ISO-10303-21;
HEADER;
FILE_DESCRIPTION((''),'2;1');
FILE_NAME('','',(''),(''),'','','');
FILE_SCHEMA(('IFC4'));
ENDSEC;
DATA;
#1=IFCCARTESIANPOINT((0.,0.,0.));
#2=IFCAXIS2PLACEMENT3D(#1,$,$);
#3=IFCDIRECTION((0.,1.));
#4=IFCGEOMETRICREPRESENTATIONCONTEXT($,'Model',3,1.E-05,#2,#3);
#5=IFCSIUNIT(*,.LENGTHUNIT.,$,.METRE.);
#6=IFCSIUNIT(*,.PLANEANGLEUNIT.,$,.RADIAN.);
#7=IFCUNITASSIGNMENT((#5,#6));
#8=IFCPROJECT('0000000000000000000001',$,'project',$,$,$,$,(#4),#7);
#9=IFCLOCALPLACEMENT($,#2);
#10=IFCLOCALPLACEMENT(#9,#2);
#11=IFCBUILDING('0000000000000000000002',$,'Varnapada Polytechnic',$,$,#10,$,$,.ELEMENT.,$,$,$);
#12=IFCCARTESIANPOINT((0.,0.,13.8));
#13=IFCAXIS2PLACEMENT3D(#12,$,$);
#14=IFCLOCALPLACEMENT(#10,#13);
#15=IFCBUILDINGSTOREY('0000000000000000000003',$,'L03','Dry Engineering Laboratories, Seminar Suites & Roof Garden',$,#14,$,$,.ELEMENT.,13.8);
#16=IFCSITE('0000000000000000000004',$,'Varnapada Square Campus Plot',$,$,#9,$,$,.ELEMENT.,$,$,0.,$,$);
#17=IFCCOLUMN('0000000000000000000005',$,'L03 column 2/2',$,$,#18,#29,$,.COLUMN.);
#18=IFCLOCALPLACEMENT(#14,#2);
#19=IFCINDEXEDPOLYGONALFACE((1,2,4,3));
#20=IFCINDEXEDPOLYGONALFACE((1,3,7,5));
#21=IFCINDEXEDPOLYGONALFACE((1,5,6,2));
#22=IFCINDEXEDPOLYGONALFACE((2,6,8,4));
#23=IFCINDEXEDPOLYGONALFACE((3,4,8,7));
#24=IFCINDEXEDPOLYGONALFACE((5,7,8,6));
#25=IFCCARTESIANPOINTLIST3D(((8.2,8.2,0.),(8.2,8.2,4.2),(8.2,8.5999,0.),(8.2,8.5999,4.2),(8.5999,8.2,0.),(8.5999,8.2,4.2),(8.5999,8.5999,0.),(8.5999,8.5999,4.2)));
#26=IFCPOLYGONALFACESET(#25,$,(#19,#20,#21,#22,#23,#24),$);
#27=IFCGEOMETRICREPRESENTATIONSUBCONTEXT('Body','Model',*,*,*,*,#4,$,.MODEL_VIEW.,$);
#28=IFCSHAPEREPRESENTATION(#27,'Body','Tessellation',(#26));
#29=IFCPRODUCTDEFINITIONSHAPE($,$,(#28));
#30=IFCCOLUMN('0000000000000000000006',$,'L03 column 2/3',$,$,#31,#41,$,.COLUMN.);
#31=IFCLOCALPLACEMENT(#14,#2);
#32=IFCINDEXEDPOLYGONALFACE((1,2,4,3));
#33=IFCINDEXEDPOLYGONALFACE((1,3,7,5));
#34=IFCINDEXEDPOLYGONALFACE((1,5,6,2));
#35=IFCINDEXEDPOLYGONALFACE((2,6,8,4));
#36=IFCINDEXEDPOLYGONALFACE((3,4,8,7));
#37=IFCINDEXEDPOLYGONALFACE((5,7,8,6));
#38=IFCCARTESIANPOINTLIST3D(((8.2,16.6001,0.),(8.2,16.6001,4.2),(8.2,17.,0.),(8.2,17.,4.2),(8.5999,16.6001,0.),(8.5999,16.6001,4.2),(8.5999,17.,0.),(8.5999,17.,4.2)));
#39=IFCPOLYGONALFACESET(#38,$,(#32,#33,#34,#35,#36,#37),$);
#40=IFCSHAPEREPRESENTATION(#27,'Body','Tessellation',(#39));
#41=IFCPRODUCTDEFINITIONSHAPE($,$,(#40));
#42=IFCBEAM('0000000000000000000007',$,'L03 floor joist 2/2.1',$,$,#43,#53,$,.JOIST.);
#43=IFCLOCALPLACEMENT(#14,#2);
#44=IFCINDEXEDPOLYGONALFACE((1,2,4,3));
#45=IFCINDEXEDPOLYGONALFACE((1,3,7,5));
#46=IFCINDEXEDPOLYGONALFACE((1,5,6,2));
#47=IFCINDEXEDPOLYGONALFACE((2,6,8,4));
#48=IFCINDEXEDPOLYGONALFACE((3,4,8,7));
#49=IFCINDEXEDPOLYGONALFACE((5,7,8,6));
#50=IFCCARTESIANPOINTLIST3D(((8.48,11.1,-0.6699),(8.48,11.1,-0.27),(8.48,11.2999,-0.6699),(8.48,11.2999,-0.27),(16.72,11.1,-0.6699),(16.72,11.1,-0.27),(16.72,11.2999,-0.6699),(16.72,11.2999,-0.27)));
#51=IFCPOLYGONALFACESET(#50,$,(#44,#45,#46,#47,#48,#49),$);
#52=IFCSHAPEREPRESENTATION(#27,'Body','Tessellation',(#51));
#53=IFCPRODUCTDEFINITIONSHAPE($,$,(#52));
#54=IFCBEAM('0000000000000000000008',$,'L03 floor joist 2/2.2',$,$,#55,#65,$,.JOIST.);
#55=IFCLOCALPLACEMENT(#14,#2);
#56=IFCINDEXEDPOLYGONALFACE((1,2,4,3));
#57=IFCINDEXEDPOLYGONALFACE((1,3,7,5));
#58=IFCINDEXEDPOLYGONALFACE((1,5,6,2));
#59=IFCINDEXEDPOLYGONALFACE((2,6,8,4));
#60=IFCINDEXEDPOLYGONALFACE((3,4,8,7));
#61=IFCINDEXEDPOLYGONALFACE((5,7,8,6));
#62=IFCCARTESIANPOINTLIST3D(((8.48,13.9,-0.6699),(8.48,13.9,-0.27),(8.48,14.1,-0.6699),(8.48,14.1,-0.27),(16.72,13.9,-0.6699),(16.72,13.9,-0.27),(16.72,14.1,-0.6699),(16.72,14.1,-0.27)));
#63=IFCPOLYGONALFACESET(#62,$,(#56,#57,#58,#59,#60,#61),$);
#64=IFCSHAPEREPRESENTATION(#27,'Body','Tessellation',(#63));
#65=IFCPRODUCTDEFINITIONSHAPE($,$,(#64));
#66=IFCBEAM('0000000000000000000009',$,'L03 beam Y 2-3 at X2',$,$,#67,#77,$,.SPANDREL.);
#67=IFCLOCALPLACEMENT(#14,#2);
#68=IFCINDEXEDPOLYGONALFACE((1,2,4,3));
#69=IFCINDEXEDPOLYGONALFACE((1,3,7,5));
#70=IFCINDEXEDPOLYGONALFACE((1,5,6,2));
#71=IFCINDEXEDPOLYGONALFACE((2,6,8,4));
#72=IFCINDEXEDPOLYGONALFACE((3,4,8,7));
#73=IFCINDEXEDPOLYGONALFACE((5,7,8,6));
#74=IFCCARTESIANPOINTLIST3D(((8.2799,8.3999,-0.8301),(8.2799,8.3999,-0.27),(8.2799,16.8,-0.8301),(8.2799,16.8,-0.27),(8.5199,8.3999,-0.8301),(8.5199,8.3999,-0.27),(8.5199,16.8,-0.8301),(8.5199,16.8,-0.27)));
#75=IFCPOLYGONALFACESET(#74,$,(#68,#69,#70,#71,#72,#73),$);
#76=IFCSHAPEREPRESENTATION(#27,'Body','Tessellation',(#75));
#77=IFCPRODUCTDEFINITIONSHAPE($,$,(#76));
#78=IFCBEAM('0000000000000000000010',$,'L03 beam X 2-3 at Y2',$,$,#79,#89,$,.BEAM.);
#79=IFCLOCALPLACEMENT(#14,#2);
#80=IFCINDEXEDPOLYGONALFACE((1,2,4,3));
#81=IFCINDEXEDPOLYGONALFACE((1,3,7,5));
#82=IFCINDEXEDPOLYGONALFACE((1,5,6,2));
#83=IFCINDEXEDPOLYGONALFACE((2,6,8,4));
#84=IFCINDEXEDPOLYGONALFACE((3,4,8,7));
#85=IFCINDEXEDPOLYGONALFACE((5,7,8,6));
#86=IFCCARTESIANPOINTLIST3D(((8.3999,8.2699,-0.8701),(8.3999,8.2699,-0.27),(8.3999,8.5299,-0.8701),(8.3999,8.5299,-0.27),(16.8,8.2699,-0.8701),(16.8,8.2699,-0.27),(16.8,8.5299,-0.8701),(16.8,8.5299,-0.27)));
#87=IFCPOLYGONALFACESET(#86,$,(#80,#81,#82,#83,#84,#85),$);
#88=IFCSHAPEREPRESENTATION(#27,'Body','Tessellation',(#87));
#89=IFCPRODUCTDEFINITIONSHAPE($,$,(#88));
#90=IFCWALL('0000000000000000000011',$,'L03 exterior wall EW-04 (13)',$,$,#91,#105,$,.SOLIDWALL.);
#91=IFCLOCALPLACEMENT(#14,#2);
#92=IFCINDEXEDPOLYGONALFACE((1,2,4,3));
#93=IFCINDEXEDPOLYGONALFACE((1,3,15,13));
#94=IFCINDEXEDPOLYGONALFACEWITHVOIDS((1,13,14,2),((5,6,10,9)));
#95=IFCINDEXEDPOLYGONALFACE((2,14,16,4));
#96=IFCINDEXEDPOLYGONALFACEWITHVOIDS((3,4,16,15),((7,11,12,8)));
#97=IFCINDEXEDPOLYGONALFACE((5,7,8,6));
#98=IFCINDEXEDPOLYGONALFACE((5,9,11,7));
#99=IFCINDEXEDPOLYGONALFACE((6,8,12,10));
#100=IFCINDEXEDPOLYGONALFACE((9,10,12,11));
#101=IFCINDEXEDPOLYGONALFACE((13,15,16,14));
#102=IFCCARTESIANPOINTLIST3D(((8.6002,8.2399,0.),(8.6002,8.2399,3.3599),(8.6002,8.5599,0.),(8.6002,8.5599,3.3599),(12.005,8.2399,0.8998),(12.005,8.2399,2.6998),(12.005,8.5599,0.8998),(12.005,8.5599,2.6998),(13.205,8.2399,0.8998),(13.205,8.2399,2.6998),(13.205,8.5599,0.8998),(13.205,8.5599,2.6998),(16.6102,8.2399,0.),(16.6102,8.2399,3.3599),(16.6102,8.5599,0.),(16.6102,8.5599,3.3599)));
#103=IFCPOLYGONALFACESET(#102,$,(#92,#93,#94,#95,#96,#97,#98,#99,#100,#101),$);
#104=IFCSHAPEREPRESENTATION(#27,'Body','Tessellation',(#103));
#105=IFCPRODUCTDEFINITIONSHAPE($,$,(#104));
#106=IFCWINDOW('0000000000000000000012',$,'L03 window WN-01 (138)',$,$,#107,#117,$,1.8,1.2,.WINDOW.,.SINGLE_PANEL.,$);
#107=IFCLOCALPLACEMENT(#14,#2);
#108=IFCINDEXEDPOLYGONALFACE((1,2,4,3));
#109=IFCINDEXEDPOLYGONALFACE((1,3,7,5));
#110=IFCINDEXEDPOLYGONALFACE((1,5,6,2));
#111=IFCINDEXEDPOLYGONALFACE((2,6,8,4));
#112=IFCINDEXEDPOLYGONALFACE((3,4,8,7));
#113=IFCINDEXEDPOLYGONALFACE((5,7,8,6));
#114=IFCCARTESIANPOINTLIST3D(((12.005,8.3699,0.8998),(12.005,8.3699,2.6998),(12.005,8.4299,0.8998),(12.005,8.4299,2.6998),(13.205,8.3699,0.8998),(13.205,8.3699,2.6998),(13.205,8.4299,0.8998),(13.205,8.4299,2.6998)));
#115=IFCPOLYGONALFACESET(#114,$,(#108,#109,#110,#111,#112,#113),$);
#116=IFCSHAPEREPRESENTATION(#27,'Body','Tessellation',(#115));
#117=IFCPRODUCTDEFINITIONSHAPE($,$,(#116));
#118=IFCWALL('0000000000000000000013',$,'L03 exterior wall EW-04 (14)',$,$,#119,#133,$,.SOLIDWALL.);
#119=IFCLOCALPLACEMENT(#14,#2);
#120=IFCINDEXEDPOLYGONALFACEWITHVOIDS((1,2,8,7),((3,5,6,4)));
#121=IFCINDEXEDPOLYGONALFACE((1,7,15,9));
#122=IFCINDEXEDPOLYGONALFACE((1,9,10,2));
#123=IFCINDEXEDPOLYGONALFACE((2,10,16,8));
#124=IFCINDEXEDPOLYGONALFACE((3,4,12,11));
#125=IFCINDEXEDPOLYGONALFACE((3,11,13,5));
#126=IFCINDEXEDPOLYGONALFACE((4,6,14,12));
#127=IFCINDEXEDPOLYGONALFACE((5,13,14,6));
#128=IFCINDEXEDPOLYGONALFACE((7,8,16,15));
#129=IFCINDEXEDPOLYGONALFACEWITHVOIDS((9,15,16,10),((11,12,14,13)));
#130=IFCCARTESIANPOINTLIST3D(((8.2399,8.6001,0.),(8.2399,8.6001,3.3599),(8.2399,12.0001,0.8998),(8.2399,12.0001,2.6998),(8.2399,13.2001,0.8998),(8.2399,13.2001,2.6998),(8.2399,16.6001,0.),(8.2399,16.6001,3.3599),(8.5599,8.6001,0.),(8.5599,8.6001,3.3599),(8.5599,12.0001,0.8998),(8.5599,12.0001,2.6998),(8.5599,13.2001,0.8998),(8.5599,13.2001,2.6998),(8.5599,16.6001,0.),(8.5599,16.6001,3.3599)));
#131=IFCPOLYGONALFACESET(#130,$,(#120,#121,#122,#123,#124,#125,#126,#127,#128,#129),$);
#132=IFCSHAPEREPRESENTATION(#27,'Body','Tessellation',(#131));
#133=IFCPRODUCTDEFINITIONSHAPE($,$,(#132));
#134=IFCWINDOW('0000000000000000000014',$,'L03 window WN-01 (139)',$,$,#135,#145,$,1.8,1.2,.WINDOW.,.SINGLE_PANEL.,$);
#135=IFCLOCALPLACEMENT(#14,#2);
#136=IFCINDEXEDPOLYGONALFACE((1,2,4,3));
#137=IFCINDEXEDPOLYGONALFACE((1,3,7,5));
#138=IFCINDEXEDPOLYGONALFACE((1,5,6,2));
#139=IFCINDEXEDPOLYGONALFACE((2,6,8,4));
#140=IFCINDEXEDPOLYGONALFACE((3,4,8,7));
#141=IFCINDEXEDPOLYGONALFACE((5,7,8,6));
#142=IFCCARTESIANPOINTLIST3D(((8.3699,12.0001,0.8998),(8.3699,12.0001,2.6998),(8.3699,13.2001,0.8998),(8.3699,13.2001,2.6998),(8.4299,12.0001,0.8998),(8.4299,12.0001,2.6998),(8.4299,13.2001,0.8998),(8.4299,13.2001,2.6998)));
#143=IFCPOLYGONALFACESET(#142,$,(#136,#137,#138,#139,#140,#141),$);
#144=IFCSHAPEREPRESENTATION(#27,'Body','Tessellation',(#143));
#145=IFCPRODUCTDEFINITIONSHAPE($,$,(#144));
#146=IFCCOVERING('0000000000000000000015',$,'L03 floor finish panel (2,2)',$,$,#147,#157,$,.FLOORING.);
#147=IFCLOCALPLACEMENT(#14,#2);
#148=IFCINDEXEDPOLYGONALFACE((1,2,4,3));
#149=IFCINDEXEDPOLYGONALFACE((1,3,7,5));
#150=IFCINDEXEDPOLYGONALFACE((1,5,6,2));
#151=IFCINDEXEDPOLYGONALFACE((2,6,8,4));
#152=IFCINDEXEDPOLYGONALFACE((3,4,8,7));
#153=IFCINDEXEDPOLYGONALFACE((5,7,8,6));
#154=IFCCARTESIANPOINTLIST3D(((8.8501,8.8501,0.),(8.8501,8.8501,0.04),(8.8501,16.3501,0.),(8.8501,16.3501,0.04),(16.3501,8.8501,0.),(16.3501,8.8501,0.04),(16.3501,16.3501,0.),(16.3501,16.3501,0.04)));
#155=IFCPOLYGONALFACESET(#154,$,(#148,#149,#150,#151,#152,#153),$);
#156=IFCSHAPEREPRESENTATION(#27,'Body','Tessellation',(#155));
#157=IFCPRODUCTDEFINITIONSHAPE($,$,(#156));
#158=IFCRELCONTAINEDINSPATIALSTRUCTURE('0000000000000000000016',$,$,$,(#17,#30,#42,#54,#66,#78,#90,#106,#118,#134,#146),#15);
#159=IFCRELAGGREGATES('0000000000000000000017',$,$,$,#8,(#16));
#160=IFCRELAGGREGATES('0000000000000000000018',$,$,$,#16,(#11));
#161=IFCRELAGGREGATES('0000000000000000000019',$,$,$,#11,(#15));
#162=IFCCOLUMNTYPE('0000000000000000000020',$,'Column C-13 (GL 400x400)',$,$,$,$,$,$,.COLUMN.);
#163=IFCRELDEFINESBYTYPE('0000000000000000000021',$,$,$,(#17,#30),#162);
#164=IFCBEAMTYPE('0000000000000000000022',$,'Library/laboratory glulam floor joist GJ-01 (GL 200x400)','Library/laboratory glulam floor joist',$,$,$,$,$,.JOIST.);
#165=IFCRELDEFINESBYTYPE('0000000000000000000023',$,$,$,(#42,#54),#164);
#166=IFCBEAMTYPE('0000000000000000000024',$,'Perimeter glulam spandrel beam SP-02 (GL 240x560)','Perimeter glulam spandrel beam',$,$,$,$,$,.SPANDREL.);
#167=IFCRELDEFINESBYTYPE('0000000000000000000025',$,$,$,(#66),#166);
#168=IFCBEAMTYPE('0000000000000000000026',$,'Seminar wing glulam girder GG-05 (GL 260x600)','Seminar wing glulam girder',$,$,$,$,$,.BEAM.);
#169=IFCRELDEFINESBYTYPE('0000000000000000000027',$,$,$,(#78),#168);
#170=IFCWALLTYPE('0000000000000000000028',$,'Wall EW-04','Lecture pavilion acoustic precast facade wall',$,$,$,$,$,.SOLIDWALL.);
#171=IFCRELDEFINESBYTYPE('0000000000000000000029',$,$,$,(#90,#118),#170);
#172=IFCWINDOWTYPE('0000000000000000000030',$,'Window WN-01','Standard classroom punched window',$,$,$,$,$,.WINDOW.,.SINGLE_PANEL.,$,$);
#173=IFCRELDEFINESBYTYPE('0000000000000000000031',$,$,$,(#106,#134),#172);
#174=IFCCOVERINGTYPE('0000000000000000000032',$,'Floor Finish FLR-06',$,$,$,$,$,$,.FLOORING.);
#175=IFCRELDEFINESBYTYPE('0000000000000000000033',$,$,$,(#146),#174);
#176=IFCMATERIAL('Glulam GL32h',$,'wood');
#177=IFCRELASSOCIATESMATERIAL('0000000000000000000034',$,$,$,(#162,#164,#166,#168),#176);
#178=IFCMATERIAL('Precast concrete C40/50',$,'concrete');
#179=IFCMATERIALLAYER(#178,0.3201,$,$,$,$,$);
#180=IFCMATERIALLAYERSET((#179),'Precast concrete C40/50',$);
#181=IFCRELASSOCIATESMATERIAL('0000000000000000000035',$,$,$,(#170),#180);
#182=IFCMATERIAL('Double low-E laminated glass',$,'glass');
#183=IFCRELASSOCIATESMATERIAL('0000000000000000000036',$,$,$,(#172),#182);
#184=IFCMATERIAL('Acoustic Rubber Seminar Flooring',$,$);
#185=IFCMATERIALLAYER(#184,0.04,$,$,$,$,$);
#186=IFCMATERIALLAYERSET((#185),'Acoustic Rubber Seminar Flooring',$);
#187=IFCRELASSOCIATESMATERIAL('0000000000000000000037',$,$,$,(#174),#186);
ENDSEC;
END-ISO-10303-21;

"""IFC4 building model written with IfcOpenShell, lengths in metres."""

from ifc_helpers import new_model, si_unit, direction, frame, frame_2d, origin, origin_2d, place, context, subcontext, project, spatial, rectangle, extrude, material, layer, layer_set, material_profile, profile_set, type_object, element, fill, save


model = new_model("IFC4")

# Units and contexts
model_context = context("Model", 3, precision=1e-05, world=origin(), true_north=direction((0.0, 1.0)))
body_context = subcontext(model_context, "Body", "Model", "MODEL_VIEW")
ifc_project = project(units=[si_unit("LENGTHUNIT", "METRE"), si_unit("PLANEANGLEUNIT", "RADIAN")], contexts=[model_context])

# Site, building, storey
site_placement = place(None, origin())
site = spatial("IfcSite", under=ifc_project, at=site_placement, Name="Varnapada Square Campus Plot", CompositionType="ELEMENT", RefElevation=0.0)
building_placement = place(site_placement, origin())
building = spatial("IfcBuilding", under=site, at=building_placement, Name="Varnapada Polytechnic", CompositionType="ELEMENT")
storey_placement = place(building_placement, frame((0.0, 0.0, 13.8)))
storey = spatial("IfcBuildingStorey", under=building, at=storey_placement, Name="L03", Description="Dry Engineering Laboratories, Seminar Suites & Roof Garden", CompositionType="ELEMENT", Elevation=13.8)

# Columns
ifc_material_1 = material(Name="Glulam GL32h", Category="wood")
ifc_material_profile_1 = material_profile(ifc_material_1, rectangle(XDim=0.3999, YDim=0.3999, at=origin_2d()), Name="GL 400x400")
ifc_profile_set_1 = profile_set([ifc_material_profile_1], Name="Glulam GL32h")
column_type = type_object("IfcColumnType", Name="Column C-13 (GL 400x400)", PredefinedType="COLUMN", material=ifc_profile_set_1)
for number, where, z_axis, x_axis, name in (
    (1, (8.3999, 8.3999, 0.0), (0.0, 0.0, 1.0), (1.0, 0.0, 0.0), "L03 column 2/2"),
    (2, (8.3999, 16.8, 0.0), (0.0, 0.0, 1.0), (1.0, 0.0, 0.0), "L03 column 2/3"),
):
    element("IfcColumn", number, at=place(storey_placement, frame(where, z_axis=z_axis, x_axis=x_axis)), inside=storey, type_object=column_type, Name=name, PredefinedType="COLUMN", context=body_context, shape_type="SweptSolid", body=[
        extrude(rectangle(XDim=0.3999, YDim=0.3999, at=origin_2d()), origin(), (0.0, 0.0, 1.0), 4.2),
    ])

# Beams
ifc_material_profile_2 = material_profile(ifc_material_1, rectangle(XDim=0.2, YDim=0.3999, at=origin_2d()), Name="GL 200x400")
ifc_profile_set_2 = profile_set([ifc_material_profile_2], Name="Glulam GL32h")
beam_type_1 = type_object("IfcBeamType", Name="Library/laboratory glulam floor joist GJ-01 (GL 200x400)", Description="Library/laboratory glulam floor joist", PredefinedType="JOIST", material=ifc_profile_set_2)
for number, where, z_axis, x_axis, name in (
    (3, (8.48, 11.2, -0.47), (1.0, 0.0, 0.0), (0.0, 1.0, 0.0), "L03 floor joist 2/2.1"),
    (4, (8.48, 14.0, -0.47), (1.0, 0.0, 0.0), (0.0, 1.0, 0.0), "L03 floor joist 2/2.2"),
):
    element("IfcBeam", number, at=place(storey_placement, frame(where, z_axis=z_axis, x_axis=x_axis)), inside=storey, type_object=beam_type_1, Name=name, PredefinedType="JOIST", context=body_context, shape_type="SweptSolid", body=[
        extrude(rectangle(XDim=0.2, YDim=0.3999, at=origin_2d()), origin(), (0.0, 0.0, 1.0), 8.24),
    ])
ifc_material_profile_3 = material_profile(ifc_material_1, rectangle(XDim=0.24, YDim=0.5601, at=origin_2d()), Name="GL 240x560")
ifc_profile_set_3 = profile_set([ifc_material_profile_3], Name="Glulam GL32h")
beam_type_2 = type_object("IfcBeamType", Name="Perimeter glulam spandrel beam SP-02 (GL 240x560)", Description="Perimeter glulam spandrel beam", PredefinedType="SPANDREL", material=ifc_profile_set_3)
beam_1_placement = place(storey_placement, frame((8.3999, 8.3999, -0.55), z_axis=(0.0, 1.0, 0.0), x_axis=(-1.0, 0.0, 0.0)))
element("IfcBeam", 5, at=beam_1_placement, inside=storey, type_object=beam_type_2, Name="L03 beam Y 2-3 at X2", PredefinedType="SPANDREL", context=body_context, shape_type="SweptSolid", body=[
    extrude(rectangle(XDim=0.24, YDim=0.5601, at=origin_2d()), origin(), (0.0, 0.0, 1.0), 8.4001),
])
ifc_material_profile_4 = material_profile(ifc_material_1, rectangle(XDim=0.26, YDim=0.6001, at=origin_2d()), Name="GL 260x600")
ifc_profile_set_4 = profile_set([ifc_material_profile_4], Name="Glulam GL32h")
beam_type_3 = type_object("IfcBeamType", Name="Seminar wing glulam girder GG-05 (GL 260x600)", Description="Seminar wing glulam girder", PredefinedType="BEAM", material=ifc_profile_set_4)
beam_2_placement = place(storey_placement, frame((8.3999, 8.3999, -0.5701), z_axis=(1.0, 0.0, 0.0), x_axis=(0.0, 1.0, 0.0)))
element("IfcBeam", 6, at=beam_2_placement, inside=storey, type_object=beam_type_3, Name="L03 beam X 2-3 at Y2", PredefinedType="BEAM", context=body_context, shape_type="SweptSolid", body=[
    extrude(rectangle(XDim=0.26, YDim=0.6001, at=origin_2d()), origin(), (0.0, 0.0, 1.0), 8.4001),
])

# Walls, openings, windows
ifc_material_2 = material(Name="Precast concrete C40/50", Category="concrete")
ifc_layer_1 = layer(ifc_material_2, 0.3201)
ifc_layer_set_1 = layer_set([ifc_layer_1], Name="Precast concrete C40/50")
wall_type = type_object("IfcWallType", Name="Wall EW-04", Description="Lecture pavilion acoustic precast facade wall", PredefinedType="SOLIDWALL", material=ifc_layer_set_1)
wall_1_placement = place(storey_placement, frame((16.6101, 8.3999, 0.0), z_axis=(0.0, 0.0, 1.0), x_axis=(-1.0, 0.0, 0.0)))
wall_1 = element("IfcWall", 7, at=wall_1_placement, inside=storey, type_object=wall_type, Name="L03 exterior wall EW-04 (13)", PredefinedType="SOLIDWALL", context=body_context, shape_type="SweptSolid", body=[
    extrude(rectangle(XDim=8.01, YDim=0.3201, at=frame_2d((4.0049, 0.0))), origin(), (0.0, 0.0, 1.0), 3.3599),
])
opening_1_placement = place(wall_1_placement, frame((3.405, 0.0, 0.8999)))
opening_1 = element("IfcOpeningElement", 8, at=opening_1_placement, cuts=wall_1, PredefinedType="OPENING", context=body_context, shape_type="SweptSolid", body=[
    extrude(rectangle(XDim=1.2, YDim=1.8, at=frame_2d((0.6001, 0.8999))), frame((0.0, 0.1699, 0.0), z_axis=(0.0, -1.0, 0.0), x_axis=(1.0, 0.0, 0.0)), (0.0, 0.0, 1.0), 0.3401),
])
ifc_material_3 = material(Name="Double low-E laminated glass", Category="glass")
window_type = type_object("IfcWindowType", Name="Window WN-01", Description="Standard classroom punched window", PartitioningType="SINGLE_PANEL", PredefinedType="WINDOW", material=ifc_material_3)
window_1_placement = place(opening_1_placement, origin())
window_1 = element("IfcWindow", 9, at=window_1_placement, inside=storey, type_object=window_type, Name="L03 window WN-01 (138)", OverallHeight=1.8, OverallWidth=1.2, PartitioningType="SINGLE_PANEL", PredefinedType="WINDOW", context=body_context, shape_type="SweptSolid", body=[
    extrude(rectangle(XDim=1.2, YDim=1.8, at=frame_2d((0.6001, 0.8999))), frame((0.0, 0.03, 0.0), z_axis=(0.0, -1.0, 0.0), x_axis=(1.0, 0.0, 0.0)), (0.0, 0.0, 1.0), 0.0601),
])
fill(opening_1, window_1)
wall_2_placement = place(storey_placement, frame((8.3999, 8.6001, 0.0), z_axis=(0.0, 0.0, 1.0), x_axis=(0.0, 1.0, 0.0)))
wall_2 = element("IfcWall", 10, at=wall_2_placement, inside=storey, type_object=wall_type, Name="L03 exterior wall EW-04 (14)", PredefinedType="SOLIDWALL", context=body_context, shape_type="SweptSolid", body=[
    extrude(rectangle(XDim=8.0, YDim=0.3201, at=frame_2d((4.0, 0.0))), origin(), (0.0, 0.0, 1.0), 3.3599),
])
opening_2_placement = place(wall_2_placement, frame((3.3999, 0.0, 0.8999)))
opening_2 = element("IfcOpeningElement", 11, at=opening_2_placement, cuts=wall_2, PredefinedType="OPENING", context=body_context, shape_type="SweptSolid", body=[
    extrude(rectangle(XDim=1.2, YDim=1.8, at=frame_2d((0.6001, 0.8999))), frame((0.0, 0.1699, 0.0), z_axis=(0.0, -1.0, 0.0), x_axis=(1.0, 0.0, 0.0)), (0.0, 0.0, 1.0), 0.3401),
])
window_2_placement = place(opening_2_placement, origin())
window_2 = element("IfcWindow", 12, at=window_2_placement, inside=storey, type_object=window_type, Name="L03 window WN-01 (139)", OverallHeight=1.8, OverallWidth=1.2, PartitioningType="SINGLE_PANEL", PredefinedType="WINDOW", context=body_context, shape_type="SweptSolid", body=[
    extrude(rectangle(XDim=1.2, YDim=1.8, at=frame_2d((0.6001, 0.8999))), frame((0.0, 0.03, 0.0), z_axis=(0.0, -1.0, 0.0), x_axis=(1.0, 0.0, 0.0)), (0.0, 0.0, 1.0), 0.0601),
])
fill(opening_2, window_2)

# Covering
ifc_material_4 = material(Name="Acoustic Rubber Seminar Flooring")
ifc_layer_2 = layer(ifc_material_4, 0.04)
ifc_layer_set_2 = layer_set([ifc_layer_2], Name="Acoustic Rubber Seminar Flooring")
covering_type_1 = type_object("IfcCoveringType", Name="Floor Finish FLR-06", PredefinedType="FLOORING", material=ifc_layer_set_2)
covering_1_placement = place(storey_placement, frame((12.6001, 12.6001, 0.0), z_axis=(0.0, 0.0, 1.0), x_axis=(1.0, 0.0, 0.0)))
element("IfcCovering", 13, at=covering_1_placement, inside=storey, type_object=covering_type_1, Name="L03 floor finish panel (2,2)", PredefinedType="FLOORING", context=body_context, shape_type="SweptSolid", body=[
    extrude(rectangle(XDim=7.5, YDim=7.5, at=origin_2d()), origin(), (0.0, 0.0, 1.0), 0.04),
])

save(model, "model.ifc")
